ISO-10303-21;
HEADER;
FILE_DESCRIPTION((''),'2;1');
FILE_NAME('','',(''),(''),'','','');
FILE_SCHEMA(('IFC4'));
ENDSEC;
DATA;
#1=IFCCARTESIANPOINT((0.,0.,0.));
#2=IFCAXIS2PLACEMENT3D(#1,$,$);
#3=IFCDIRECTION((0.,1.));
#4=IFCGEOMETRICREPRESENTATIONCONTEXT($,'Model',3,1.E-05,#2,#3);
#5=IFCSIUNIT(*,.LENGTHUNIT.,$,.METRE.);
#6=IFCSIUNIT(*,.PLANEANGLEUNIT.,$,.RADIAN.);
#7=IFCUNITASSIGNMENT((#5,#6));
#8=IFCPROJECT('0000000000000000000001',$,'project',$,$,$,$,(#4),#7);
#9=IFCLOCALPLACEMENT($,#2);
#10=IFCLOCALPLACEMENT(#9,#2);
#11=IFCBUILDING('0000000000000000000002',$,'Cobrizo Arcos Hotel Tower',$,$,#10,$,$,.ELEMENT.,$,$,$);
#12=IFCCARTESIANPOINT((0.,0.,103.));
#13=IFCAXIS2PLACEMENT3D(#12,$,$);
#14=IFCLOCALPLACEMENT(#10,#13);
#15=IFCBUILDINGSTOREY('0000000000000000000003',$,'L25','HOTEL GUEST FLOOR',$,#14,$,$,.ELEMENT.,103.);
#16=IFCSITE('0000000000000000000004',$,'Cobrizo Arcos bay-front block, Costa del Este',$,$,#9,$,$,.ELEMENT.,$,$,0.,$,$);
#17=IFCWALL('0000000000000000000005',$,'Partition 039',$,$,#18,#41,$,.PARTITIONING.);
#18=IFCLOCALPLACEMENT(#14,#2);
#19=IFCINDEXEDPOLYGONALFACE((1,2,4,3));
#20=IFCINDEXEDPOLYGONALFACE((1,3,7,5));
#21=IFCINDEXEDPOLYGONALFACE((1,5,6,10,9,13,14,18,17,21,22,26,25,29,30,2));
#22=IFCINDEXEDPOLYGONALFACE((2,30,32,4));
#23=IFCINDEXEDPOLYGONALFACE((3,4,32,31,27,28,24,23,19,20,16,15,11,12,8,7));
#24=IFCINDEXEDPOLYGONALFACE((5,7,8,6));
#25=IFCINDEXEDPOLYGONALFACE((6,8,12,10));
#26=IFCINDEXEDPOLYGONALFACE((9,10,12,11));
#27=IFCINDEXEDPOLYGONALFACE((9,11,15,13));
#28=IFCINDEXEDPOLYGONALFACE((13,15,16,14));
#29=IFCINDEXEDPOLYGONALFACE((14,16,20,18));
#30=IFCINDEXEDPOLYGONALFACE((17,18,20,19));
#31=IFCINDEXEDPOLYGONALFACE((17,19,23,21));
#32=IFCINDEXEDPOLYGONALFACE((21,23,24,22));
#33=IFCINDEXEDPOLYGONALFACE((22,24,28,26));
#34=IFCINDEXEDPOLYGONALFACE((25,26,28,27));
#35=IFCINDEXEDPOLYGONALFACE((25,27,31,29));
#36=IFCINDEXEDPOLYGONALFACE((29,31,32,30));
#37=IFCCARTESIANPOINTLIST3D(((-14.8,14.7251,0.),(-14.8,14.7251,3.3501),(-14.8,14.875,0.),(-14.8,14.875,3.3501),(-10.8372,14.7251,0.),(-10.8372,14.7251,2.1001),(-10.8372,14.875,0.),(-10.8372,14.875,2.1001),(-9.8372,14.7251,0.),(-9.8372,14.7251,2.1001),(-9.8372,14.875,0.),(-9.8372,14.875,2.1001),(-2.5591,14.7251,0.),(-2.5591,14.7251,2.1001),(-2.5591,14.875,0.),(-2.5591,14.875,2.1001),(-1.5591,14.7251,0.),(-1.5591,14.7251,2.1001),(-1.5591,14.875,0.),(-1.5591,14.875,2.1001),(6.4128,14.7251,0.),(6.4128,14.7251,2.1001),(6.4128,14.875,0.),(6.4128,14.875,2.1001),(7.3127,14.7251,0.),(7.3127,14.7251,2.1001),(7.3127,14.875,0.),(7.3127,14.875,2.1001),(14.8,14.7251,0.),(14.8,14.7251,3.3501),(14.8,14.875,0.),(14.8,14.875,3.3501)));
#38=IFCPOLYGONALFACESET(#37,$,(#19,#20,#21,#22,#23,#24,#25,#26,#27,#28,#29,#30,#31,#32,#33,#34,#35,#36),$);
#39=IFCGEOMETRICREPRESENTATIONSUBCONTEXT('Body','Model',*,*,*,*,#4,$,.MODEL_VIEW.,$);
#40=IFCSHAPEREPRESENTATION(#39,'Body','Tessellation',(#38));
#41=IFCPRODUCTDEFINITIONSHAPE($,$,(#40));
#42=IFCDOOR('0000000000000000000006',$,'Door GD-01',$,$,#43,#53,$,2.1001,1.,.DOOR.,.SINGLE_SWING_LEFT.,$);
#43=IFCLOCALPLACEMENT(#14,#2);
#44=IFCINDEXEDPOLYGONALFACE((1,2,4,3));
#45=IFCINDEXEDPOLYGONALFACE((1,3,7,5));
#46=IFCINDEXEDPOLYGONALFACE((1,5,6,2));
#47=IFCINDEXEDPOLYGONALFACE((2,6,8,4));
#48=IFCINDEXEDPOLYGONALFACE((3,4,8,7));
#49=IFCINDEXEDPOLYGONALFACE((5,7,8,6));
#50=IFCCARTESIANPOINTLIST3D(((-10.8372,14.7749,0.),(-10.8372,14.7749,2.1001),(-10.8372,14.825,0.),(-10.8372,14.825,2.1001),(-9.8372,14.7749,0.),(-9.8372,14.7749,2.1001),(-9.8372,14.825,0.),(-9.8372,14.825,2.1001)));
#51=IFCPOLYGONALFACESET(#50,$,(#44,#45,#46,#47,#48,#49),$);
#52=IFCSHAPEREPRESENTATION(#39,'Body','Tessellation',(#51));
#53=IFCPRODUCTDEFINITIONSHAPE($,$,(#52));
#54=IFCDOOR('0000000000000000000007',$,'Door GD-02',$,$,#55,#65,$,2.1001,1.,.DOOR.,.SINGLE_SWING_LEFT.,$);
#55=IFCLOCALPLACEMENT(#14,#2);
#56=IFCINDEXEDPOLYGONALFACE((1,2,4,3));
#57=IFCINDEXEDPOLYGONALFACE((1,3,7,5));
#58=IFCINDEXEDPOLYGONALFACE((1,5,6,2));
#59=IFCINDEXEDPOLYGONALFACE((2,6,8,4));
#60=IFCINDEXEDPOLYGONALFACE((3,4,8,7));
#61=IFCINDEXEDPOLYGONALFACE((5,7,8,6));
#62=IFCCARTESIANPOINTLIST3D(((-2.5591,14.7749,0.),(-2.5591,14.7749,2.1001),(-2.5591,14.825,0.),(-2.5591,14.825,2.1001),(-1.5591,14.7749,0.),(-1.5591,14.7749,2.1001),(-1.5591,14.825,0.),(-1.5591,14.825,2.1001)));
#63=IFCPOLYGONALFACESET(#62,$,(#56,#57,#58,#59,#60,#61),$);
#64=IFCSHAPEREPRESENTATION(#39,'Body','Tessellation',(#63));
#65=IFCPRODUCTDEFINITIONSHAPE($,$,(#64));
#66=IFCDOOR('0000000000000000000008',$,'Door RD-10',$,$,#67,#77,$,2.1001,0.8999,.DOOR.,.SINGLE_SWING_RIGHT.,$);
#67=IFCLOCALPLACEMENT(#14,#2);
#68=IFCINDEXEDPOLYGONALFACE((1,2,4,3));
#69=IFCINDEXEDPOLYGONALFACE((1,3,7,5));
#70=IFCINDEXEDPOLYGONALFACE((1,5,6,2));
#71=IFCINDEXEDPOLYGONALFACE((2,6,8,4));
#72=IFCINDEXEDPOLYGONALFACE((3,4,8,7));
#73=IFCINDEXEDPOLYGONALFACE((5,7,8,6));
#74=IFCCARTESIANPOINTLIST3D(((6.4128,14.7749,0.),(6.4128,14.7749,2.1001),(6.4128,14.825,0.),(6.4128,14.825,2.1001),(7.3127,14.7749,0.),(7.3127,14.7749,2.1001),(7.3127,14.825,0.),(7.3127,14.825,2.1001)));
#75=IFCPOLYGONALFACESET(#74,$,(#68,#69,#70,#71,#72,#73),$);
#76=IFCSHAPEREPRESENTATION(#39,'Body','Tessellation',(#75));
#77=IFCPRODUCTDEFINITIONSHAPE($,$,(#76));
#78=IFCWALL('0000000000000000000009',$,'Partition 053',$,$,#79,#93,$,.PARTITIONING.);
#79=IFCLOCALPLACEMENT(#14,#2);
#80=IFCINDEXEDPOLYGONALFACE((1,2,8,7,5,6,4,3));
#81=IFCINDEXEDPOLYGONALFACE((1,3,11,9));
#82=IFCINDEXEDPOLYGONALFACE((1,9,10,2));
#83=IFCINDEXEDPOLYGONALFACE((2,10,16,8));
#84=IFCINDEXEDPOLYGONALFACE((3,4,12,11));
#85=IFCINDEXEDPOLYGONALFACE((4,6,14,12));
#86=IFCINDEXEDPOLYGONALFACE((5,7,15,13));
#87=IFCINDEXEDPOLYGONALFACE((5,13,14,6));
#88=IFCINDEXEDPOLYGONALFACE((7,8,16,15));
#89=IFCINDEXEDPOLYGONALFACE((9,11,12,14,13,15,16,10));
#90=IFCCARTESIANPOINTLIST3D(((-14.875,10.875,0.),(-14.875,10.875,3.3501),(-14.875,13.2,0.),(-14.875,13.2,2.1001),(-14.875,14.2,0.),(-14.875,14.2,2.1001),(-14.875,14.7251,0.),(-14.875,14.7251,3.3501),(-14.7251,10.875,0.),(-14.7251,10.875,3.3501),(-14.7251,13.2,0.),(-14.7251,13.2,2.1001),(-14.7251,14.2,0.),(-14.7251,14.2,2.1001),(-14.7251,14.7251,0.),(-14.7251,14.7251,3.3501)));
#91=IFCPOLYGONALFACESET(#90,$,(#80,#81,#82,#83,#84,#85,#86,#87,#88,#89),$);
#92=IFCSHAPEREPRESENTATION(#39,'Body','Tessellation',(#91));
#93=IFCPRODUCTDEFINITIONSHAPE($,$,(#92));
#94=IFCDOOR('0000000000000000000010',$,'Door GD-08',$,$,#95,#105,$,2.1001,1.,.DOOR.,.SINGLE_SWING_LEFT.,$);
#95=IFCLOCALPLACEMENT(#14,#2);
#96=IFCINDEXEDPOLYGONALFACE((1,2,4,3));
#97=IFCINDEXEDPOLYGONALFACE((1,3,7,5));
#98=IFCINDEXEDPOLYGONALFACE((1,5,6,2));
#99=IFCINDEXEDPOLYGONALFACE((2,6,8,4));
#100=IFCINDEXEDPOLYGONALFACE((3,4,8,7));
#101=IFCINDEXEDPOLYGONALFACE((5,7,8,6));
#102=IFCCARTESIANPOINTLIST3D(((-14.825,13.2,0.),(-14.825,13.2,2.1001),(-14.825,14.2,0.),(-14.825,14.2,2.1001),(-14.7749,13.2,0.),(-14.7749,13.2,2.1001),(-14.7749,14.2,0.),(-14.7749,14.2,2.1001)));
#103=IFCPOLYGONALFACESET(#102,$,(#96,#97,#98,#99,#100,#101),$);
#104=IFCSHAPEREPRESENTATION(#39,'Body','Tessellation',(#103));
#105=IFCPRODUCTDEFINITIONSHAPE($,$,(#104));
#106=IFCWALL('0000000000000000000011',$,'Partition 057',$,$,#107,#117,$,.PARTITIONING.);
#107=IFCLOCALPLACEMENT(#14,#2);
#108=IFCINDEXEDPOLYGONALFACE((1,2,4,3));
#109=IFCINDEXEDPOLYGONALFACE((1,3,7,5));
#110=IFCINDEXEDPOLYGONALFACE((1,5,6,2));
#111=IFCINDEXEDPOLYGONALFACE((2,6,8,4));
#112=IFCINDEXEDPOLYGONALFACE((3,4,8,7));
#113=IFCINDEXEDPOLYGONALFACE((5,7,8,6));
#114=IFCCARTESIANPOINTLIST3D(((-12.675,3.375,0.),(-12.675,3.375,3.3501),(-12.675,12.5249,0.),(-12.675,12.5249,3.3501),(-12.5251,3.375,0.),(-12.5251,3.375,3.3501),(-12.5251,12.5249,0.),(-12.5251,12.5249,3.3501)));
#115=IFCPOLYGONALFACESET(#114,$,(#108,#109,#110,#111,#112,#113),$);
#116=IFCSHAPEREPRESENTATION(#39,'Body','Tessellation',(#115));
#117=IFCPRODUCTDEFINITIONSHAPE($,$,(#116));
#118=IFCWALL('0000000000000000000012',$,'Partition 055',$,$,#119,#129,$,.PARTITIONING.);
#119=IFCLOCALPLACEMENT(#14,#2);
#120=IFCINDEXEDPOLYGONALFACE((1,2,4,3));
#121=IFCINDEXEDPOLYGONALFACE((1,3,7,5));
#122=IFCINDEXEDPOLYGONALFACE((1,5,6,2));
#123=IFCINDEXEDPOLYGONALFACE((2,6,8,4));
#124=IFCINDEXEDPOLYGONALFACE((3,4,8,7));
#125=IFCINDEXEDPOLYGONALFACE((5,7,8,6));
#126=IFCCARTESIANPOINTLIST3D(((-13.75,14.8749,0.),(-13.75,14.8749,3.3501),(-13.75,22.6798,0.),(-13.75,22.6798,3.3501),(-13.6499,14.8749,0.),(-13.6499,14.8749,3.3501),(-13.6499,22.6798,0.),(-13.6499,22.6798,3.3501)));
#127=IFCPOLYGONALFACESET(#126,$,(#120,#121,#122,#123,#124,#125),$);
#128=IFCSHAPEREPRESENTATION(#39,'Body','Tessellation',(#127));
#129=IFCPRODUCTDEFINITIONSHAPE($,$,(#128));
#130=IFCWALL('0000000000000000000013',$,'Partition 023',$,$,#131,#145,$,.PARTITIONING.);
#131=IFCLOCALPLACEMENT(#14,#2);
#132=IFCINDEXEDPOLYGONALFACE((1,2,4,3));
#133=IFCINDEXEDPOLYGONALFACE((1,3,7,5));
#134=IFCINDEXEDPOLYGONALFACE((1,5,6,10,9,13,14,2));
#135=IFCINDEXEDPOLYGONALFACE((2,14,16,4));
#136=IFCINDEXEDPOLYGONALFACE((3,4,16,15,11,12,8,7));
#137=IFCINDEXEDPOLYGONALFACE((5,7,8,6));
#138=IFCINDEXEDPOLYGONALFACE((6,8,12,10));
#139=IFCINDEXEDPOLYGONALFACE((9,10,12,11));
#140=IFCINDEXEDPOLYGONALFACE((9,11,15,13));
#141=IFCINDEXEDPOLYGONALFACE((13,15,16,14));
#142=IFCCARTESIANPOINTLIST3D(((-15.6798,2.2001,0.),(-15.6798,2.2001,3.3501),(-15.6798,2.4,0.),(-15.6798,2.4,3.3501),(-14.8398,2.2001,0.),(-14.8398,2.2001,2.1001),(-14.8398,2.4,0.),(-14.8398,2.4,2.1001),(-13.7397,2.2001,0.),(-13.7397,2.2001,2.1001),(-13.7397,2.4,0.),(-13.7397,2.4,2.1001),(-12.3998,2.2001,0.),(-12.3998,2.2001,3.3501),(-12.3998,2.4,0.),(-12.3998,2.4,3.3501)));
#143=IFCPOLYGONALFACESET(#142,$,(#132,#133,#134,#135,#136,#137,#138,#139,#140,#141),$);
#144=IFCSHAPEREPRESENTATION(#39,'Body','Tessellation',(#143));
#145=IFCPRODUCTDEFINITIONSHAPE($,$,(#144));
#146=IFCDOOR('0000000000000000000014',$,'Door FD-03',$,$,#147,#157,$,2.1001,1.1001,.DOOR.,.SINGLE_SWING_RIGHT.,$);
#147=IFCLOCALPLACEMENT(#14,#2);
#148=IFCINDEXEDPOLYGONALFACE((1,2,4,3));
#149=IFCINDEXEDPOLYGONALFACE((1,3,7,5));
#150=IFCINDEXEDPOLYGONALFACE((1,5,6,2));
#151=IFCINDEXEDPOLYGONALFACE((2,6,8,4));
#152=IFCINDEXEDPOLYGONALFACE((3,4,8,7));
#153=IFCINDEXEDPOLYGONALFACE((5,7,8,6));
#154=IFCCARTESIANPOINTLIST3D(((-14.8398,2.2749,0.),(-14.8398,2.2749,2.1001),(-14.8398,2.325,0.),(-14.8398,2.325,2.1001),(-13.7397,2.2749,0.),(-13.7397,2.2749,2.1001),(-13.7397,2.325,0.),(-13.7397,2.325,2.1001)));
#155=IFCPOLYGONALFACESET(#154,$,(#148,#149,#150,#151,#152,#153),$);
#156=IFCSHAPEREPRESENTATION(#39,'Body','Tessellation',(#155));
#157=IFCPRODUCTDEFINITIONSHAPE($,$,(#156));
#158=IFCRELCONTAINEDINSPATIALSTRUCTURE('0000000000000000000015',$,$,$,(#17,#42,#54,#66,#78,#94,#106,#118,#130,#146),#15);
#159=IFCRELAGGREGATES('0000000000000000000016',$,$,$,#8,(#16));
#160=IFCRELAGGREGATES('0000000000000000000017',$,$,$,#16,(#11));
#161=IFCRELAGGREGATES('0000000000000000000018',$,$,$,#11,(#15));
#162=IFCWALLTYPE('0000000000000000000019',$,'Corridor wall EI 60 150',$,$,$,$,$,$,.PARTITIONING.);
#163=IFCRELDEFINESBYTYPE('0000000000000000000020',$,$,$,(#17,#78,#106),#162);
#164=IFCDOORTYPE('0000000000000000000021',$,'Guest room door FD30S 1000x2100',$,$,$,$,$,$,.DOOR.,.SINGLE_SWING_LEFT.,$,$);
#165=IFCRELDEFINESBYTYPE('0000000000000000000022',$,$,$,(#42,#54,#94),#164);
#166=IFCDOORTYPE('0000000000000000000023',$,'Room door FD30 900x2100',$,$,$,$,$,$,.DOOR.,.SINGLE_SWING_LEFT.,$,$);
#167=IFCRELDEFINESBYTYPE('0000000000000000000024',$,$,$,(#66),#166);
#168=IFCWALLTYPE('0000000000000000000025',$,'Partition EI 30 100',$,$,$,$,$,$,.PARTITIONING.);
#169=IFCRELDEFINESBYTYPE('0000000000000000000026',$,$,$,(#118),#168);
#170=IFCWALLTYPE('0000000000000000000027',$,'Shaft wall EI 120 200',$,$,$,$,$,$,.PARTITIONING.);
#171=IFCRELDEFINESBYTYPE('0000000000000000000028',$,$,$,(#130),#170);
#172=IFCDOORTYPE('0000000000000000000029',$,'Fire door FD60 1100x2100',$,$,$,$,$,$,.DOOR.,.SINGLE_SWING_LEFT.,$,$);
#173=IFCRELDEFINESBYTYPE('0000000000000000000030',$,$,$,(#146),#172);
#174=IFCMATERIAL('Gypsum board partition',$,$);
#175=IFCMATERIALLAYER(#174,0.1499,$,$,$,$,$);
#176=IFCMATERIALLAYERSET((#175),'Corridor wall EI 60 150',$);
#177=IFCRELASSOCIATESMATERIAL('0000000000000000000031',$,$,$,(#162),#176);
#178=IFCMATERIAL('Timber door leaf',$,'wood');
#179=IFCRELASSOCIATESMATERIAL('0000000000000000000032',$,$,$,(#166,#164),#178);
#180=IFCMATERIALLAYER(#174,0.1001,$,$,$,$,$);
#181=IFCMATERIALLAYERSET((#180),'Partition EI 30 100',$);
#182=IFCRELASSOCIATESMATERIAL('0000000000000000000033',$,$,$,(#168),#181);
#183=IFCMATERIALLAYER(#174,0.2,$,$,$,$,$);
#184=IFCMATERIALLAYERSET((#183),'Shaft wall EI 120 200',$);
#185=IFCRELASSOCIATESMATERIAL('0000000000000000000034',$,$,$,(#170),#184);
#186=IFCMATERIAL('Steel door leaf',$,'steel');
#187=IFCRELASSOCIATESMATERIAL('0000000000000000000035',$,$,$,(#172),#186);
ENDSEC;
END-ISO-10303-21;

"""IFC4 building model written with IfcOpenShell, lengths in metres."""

from ifc_helpers import new_model, si_unit, direction, frame, frame_2d, origin, place, context, subcontext, project, spatial, rectangle, extrude, material, layer, layer_set, type_object, element, fill, save


model = new_model("IFC4")

# Units and contexts
model_context = context("Model", 3, precision=1e-05, world=origin(), true_north=direction((0.0, 1.0)))
body_context = subcontext(model_context, "Body", "Model", "MODEL_VIEW")
ifc_project = project(units=[si_unit("LENGTHUNIT", "METRE"), si_unit("PLANEANGLEUNIT", "RADIAN")], contexts=[model_context])

# Site, building, storey
site_placement = place(None, origin())
site = spatial("IfcSite", under=ifc_project, at=site_placement, Name="Cobrizo Arcos bay-front block, Costa del Este", CompositionType="ELEMENT", RefElevation=0.0)
building_placement = place(site_placement, origin())
building = spatial("IfcBuilding", under=site, at=building_placement, Name="Cobrizo Arcos Hotel Tower", CompositionType="ELEMENT")
storey_placement = place(building_placement, frame((0.0, 0.0, 103.0)))
storey = spatial("IfcBuildingStorey", under=building, at=storey_placement, Name="L25", Description="HOTEL GUEST FLOOR", CompositionType="ELEMENT", Elevation=103.0)

# Shared definitions
ifc_material_1 = material(Name="Gypsum board partition")
ifc_layer_1 = layer(ifc_material_1, 0.1499)
ifc_layer_set_1 = layer_set([ifc_layer_1], Name="Corridor wall EI 60 150")
wall_type_1 = type_object("IfcWallType", Name="Corridor wall EI 60 150", PredefinedType="PARTITIONING", material=ifc_layer_set_1)

# Wall, openings, doors
ifc_material_2 = material(Name="Timber door leaf", Category="wood")
door_type_1 = type_object("IfcDoorType", Name="Room door FD30 900x2100", OperationType="SINGLE_SWING_LEFT", PredefinedType="DOOR", material=ifc_material_2)
wall_1_placement = place(storey_placement, frame((-14.8, 14.8, 0.0), z_axis=(0.0, 0.0, 1.0), x_axis=(1.0, 0.0, 0.0)))
wall_1 = element("IfcWall", 1, at=wall_1_placement, inside=storey, type_object=wall_type_1, Name="Partition 039", PredefinedType="PARTITIONING", context=body_context, shape_type="SweptSolid", body=[
    extrude(rectangle(XDim=29.6001, YDim=0.1499, at=frame_2d((14.8, 0.0))), origin(), (0.0, 0.0, 1.0), 3.3501),
])
opening_1_placement = place(wall_1_placement, frame((3.9629, 0.0, 0.0)))
opening_1 = element("IfcOpeningElement", 2, at=opening_1_placement, cuts=wall_1, PredefinedType="OPENING", context=body_context, shape_type="SweptSolid", body=[
    extrude(rectangle(XDim=1.0, YDim=2.1001, at=frame_2d((0.5, 1.05))), frame((0.0, 0.0869, 0.0), z_axis=(0.0, -1.0, 0.0), x_axis=(1.0, 0.0, 0.0)), (0.0, 0.0, 1.0), 0.1738),
])
opening_2_placement = place(wall_1_placement, frame((12.241, 0.0, 0.0)))
opening_2 = element("IfcOpeningElement", 3, at=opening_2_placement, cuts=wall_1, PredefinedType="OPENING", context=body_context, shape_type="SweptSolid", body=[
    extrude(rectangle(XDim=1.0, YDim=2.1001, at=frame_2d((0.5, 1.05))), frame((0.0, 0.0869, 0.0), z_axis=(0.0, -1.0, 0.0), x_axis=(1.0, 0.0, 0.0)), (0.0, 0.0, 1.0), 0.1738),
])
opening_3_placement = place(wall_1_placement, frame((21.2129, 0.0, 0.0)))
opening_3 = element("IfcOpeningElement", 4, at=opening_3_placement, cuts=wall_1, PredefinedType="OPENING", context=body_context, shape_type="SweptSolid", body=[
    extrude(rectangle(XDim=0.8999, YDim=2.1001, at=frame_2d((0.45, 1.05))), frame((0.0, 0.0869, 0.0), z_axis=(0.0, -1.0, 0.0), x_axis=(1.0, 0.0, 0.0)), (0.0, 0.0, 1.0), 0.1738),
])
door_type_2 = type_object("IfcDoorType", Name="Guest room door FD30S 1000x2100", OperationType="SINGLE_SWING_LEFT", PredefinedType="DOOR", material=ifc_material_2)
door_1_placement = place(opening_1_placement, origin())
door_1 = element("IfcDoor", 5, at=door_1_placement, inside=storey, type_object=door_type_2, Name="Door GD-01", OperationType="SINGLE_SWING_LEFT", OverallHeight=2.1001, OverallWidth=1.0, PredefinedType="DOOR", context=body_context, shape_type="SweptSolid", body=[
    extrude(rectangle(XDim=1.0, YDim=2.1001, at=frame_2d((0.5, 1.05))), frame((0.0, 0.0249, 0.0), z_axis=(0.0, -1.0, 0.0), x_axis=(1.0, 0.0, 0.0)), (0.0, 0.0, 1.0), 0.05),
])
fill(opening_1, door_1)
door_2_placement = place(opening_2_placement, origin())
door_2 = element("IfcDoor", 6, at=door_2_placement, inside=storey, type_object=door_type_2, Name="Door GD-02", OperationType="SINGLE_SWING_LEFT", OverallHeight=2.1001, OverallWidth=1.0, PredefinedType="DOOR", context=body_context, shape_type="SweptSolid", body=[
    extrude(rectangle(XDim=1.0, YDim=2.1001, at=frame_2d((0.5, 1.05))), frame((0.0, 0.0249, 0.0), z_axis=(0.0, -1.0, 0.0), x_axis=(1.0, 0.0, 0.0)), (0.0, 0.0, 1.0), 0.05),
])
fill(opening_2, door_2)
door_3_placement = place(opening_3_placement, origin())
door_3 = element("IfcDoor", 7, at=door_3_placement, inside=storey, type_object=door_type_1, Name="Door RD-10", OperationType="SINGLE_SWING_RIGHT", OverallHeight=2.1001, OverallWidth=0.8999, PredefinedType="DOOR", context=body_context, shape_type="SweptSolid", body=[
    extrude(rectangle(XDim=0.8999, YDim=2.1001, at=frame_2d((0.45, 1.05))), frame((0.0, 0.0249, 0.0), z_axis=(0.0, -1.0, 0.0), x_axis=(1.0, 0.0, 0.0)), (0.0, 0.0, 1.0), 0.05),
])
fill(opening_3, door_3)

# Wall, opening, door
wall_2_placement = place(storey_placement, frame((-14.8, 10.875, 0.0), z_axis=(0.0, 0.0, 1.0), x_axis=(0.0, 1.0, 0.0)))
wall_2 = element("IfcWall", 8, at=wall_2_placement, inside=storey, type_object=wall_type_1, Name="Partition 053", PredefinedType="PARTITIONING", context=body_context, shape_type="SweptSolid", body=[
    extrude(rectangle(XDim=3.8501, YDim=0.1499, at=frame_2d((1.925, 0.0))), origin(), (0.0, 0.0, 1.0), 3.3501),
])
opening_4_placement = place(wall_2_placement, frame((2.325, 0.0, 0.0)))
opening_4 = element("IfcOpeningElement", 9, at=opening_4_placement, cuts=wall_2, PredefinedType="OPENING", context=body_context, shape_type="SweptSolid", body=[
    extrude(rectangle(XDim=1.0, YDim=2.1001, at=frame_2d((0.5, 1.05))), frame((0.0, 0.0869, 0.0), z_axis=(0.0, -1.0, 0.0), x_axis=(1.0, 0.0, 0.0)), (0.0, 0.0, 1.0), 0.1738),
])
door_4_placement = place(opening_4_placement, origin())
door_4 = element("IfcDoor", 10, at=door_4_placement, inside=storey, type_object=door_type_2, Name="Door GD-08", OperationType="SINGLE_SWING_LEFT", OverallHeight=2.1001, OverallWidth=1.0, PredefinedType="DOOR", context=body_context, shape_type="SweptSolid", body=[
    extrude(rectangle(XDim=1.0, YDim=2.1001, at=frame_2d((0.5, 1.05))), frame((0.0, 0.0249, 0.0), z_axis=(0.0, -1.0, 0.0), x_axis=(1.0, 0.0, 0.0)), (0.0, 0.0, 1.0), 0.05),
])
fill(opening_4, door_4)

# Walls
wall_3_placement = place(storey_placement, frame((-12.6001, 3.375, 0.0), z_axis=(0.0, 0.0, 1.0), x_axis=(0.0, 1.0, 0.0)))
element("IfcWall", 11, at=wall_3_placement, inside=storey, type_object=wall_type_1, Name="Partition 057", PredefinedType="PARTITIONING", context=body_context, shape_type="SweptSolid", body=[
    extrude(rectangle(XDim=9.1499, YDim=0.1499, at=frame_2d((4.575, 0.0))), origin(), (0.0, 0.0, 1.0), 3.3501),
])
ifc_layer_2 = layer(ifc_material_1, 0.1001)
ifc_layer_set_2 = layer_set([ifc_layer_2], Name="Partition EI 30 100")
wall_type_2 = type_object("IfcWallType", Name="Partition EI 30 100", PredefinedType="PARTITIONING", material=ifc_layer_set_2)
wall_4_placement = place(storey_placement, frame((-13.7, 14.875, 0.0), z_axis=(0.0, 0.0, 1.0), x_axis=(0.0, 1.0, 0.0)))
element("IfcWall", 12, at=wall_4_placement, inside=storey, type_object=wall_type_2, Name="Partition 055", PredefinedType="PARTITIONING", context=body_context, shape_type="SweptSolid", body=[
    extrude(rectangle(XDim=7.8049, YDim=0.1001, at=frame_2d((3.9023, 0.0))), origin(), (0.0, 0.0, 1.0), 3.3501),
])

# Wall, opening, door
ifc_layer_3 = layer(ifc_material_1, 0.2)
ifc_layer_set_3 = layer_set([ifc_layer_3], Name="Shaft wall EI 120 200")
wall_type_3 = type_object("IfcWallType", Name="Shaft wall EI 120 200", PredefinedType="PARTITIONING", material=ifc_layer_set_3)
wall_5_placement = place(storey_placement, frame((-15.6799, 2.3, 0.0), z_axis=(0.0, 0.0, 1.0), x_axis=(1.0, 0.0, 0.0)))
wall_5 = element("IfcWall", 13, at=wall_5_placement, inside=storey, type_object=wall_type_3, Name="Partition 023", PredefinedType="PARTITIONING", context=body_context, shape_type="SweptSolid", body=[
    extrude(rectangle(XDim=3.28, YDim=0.2, at=frame_2d((1.6401, 0.0))), origin(), (0.0, 0.0, 1.0), 3.3501),
])
opening_5_placement = place(wall_5_placement, frame((0.8401, 0.0, 0.0)))
opening_5 = element("IfcOpeningElement", 14, at=opening_5_placement, cuts=wall_5, PredefinedType="OPENING", context=body_context, shape_type="SweptSolid", body=[
    extrude(rectangle(XDim=1.1001, YDim=2.1001, at=frame_2d((0.55, 1.05))), frame((0.0, 0.1121, 0.0), z_axis=(0.0, -1.0, 0.0), x_axis=(1.0, 0.0, 0.0)), (0.0, 0.0, 1.0), 0.2239),
])
ifc_material_3 = material(Name="Steel door leaf", Category="steel")
door_type_3 = type_object("IfcDoorType", Name="Fire door FD60 1100x2100", OperationType="SINGLE_SWING_LEFT", PredefinedType="DOOR", material=ifc_material_3)
door_5_placement = place(opening_5_placement, origin())
door_5 = element("IfcDoor", 15, at=door_5_placement, inside=storey, type_object=door_type_3, Name="Door FD-03", OperationType="SINGLE_SWING_RIGHT", OverallHeight=2.1001, OverallWidth=1.1001, PredefinedType="DOOR", context=body_context, shape_type="SweptSolid", body=[
    extrude(rectangle(XDim=1.1001, YDim=2.1001, at=frame_2d((0.55, 1.05))), frame((0.0, 0.0249, 0.0), z_axis=(0.0, -1.0, 0.0), x_axis=(1.0, 0.0, 0.0)), (0.0, 0.0, 1.0), 0.05),
])
fill(opening_5, door_5)

save(model, "model.ifc")
